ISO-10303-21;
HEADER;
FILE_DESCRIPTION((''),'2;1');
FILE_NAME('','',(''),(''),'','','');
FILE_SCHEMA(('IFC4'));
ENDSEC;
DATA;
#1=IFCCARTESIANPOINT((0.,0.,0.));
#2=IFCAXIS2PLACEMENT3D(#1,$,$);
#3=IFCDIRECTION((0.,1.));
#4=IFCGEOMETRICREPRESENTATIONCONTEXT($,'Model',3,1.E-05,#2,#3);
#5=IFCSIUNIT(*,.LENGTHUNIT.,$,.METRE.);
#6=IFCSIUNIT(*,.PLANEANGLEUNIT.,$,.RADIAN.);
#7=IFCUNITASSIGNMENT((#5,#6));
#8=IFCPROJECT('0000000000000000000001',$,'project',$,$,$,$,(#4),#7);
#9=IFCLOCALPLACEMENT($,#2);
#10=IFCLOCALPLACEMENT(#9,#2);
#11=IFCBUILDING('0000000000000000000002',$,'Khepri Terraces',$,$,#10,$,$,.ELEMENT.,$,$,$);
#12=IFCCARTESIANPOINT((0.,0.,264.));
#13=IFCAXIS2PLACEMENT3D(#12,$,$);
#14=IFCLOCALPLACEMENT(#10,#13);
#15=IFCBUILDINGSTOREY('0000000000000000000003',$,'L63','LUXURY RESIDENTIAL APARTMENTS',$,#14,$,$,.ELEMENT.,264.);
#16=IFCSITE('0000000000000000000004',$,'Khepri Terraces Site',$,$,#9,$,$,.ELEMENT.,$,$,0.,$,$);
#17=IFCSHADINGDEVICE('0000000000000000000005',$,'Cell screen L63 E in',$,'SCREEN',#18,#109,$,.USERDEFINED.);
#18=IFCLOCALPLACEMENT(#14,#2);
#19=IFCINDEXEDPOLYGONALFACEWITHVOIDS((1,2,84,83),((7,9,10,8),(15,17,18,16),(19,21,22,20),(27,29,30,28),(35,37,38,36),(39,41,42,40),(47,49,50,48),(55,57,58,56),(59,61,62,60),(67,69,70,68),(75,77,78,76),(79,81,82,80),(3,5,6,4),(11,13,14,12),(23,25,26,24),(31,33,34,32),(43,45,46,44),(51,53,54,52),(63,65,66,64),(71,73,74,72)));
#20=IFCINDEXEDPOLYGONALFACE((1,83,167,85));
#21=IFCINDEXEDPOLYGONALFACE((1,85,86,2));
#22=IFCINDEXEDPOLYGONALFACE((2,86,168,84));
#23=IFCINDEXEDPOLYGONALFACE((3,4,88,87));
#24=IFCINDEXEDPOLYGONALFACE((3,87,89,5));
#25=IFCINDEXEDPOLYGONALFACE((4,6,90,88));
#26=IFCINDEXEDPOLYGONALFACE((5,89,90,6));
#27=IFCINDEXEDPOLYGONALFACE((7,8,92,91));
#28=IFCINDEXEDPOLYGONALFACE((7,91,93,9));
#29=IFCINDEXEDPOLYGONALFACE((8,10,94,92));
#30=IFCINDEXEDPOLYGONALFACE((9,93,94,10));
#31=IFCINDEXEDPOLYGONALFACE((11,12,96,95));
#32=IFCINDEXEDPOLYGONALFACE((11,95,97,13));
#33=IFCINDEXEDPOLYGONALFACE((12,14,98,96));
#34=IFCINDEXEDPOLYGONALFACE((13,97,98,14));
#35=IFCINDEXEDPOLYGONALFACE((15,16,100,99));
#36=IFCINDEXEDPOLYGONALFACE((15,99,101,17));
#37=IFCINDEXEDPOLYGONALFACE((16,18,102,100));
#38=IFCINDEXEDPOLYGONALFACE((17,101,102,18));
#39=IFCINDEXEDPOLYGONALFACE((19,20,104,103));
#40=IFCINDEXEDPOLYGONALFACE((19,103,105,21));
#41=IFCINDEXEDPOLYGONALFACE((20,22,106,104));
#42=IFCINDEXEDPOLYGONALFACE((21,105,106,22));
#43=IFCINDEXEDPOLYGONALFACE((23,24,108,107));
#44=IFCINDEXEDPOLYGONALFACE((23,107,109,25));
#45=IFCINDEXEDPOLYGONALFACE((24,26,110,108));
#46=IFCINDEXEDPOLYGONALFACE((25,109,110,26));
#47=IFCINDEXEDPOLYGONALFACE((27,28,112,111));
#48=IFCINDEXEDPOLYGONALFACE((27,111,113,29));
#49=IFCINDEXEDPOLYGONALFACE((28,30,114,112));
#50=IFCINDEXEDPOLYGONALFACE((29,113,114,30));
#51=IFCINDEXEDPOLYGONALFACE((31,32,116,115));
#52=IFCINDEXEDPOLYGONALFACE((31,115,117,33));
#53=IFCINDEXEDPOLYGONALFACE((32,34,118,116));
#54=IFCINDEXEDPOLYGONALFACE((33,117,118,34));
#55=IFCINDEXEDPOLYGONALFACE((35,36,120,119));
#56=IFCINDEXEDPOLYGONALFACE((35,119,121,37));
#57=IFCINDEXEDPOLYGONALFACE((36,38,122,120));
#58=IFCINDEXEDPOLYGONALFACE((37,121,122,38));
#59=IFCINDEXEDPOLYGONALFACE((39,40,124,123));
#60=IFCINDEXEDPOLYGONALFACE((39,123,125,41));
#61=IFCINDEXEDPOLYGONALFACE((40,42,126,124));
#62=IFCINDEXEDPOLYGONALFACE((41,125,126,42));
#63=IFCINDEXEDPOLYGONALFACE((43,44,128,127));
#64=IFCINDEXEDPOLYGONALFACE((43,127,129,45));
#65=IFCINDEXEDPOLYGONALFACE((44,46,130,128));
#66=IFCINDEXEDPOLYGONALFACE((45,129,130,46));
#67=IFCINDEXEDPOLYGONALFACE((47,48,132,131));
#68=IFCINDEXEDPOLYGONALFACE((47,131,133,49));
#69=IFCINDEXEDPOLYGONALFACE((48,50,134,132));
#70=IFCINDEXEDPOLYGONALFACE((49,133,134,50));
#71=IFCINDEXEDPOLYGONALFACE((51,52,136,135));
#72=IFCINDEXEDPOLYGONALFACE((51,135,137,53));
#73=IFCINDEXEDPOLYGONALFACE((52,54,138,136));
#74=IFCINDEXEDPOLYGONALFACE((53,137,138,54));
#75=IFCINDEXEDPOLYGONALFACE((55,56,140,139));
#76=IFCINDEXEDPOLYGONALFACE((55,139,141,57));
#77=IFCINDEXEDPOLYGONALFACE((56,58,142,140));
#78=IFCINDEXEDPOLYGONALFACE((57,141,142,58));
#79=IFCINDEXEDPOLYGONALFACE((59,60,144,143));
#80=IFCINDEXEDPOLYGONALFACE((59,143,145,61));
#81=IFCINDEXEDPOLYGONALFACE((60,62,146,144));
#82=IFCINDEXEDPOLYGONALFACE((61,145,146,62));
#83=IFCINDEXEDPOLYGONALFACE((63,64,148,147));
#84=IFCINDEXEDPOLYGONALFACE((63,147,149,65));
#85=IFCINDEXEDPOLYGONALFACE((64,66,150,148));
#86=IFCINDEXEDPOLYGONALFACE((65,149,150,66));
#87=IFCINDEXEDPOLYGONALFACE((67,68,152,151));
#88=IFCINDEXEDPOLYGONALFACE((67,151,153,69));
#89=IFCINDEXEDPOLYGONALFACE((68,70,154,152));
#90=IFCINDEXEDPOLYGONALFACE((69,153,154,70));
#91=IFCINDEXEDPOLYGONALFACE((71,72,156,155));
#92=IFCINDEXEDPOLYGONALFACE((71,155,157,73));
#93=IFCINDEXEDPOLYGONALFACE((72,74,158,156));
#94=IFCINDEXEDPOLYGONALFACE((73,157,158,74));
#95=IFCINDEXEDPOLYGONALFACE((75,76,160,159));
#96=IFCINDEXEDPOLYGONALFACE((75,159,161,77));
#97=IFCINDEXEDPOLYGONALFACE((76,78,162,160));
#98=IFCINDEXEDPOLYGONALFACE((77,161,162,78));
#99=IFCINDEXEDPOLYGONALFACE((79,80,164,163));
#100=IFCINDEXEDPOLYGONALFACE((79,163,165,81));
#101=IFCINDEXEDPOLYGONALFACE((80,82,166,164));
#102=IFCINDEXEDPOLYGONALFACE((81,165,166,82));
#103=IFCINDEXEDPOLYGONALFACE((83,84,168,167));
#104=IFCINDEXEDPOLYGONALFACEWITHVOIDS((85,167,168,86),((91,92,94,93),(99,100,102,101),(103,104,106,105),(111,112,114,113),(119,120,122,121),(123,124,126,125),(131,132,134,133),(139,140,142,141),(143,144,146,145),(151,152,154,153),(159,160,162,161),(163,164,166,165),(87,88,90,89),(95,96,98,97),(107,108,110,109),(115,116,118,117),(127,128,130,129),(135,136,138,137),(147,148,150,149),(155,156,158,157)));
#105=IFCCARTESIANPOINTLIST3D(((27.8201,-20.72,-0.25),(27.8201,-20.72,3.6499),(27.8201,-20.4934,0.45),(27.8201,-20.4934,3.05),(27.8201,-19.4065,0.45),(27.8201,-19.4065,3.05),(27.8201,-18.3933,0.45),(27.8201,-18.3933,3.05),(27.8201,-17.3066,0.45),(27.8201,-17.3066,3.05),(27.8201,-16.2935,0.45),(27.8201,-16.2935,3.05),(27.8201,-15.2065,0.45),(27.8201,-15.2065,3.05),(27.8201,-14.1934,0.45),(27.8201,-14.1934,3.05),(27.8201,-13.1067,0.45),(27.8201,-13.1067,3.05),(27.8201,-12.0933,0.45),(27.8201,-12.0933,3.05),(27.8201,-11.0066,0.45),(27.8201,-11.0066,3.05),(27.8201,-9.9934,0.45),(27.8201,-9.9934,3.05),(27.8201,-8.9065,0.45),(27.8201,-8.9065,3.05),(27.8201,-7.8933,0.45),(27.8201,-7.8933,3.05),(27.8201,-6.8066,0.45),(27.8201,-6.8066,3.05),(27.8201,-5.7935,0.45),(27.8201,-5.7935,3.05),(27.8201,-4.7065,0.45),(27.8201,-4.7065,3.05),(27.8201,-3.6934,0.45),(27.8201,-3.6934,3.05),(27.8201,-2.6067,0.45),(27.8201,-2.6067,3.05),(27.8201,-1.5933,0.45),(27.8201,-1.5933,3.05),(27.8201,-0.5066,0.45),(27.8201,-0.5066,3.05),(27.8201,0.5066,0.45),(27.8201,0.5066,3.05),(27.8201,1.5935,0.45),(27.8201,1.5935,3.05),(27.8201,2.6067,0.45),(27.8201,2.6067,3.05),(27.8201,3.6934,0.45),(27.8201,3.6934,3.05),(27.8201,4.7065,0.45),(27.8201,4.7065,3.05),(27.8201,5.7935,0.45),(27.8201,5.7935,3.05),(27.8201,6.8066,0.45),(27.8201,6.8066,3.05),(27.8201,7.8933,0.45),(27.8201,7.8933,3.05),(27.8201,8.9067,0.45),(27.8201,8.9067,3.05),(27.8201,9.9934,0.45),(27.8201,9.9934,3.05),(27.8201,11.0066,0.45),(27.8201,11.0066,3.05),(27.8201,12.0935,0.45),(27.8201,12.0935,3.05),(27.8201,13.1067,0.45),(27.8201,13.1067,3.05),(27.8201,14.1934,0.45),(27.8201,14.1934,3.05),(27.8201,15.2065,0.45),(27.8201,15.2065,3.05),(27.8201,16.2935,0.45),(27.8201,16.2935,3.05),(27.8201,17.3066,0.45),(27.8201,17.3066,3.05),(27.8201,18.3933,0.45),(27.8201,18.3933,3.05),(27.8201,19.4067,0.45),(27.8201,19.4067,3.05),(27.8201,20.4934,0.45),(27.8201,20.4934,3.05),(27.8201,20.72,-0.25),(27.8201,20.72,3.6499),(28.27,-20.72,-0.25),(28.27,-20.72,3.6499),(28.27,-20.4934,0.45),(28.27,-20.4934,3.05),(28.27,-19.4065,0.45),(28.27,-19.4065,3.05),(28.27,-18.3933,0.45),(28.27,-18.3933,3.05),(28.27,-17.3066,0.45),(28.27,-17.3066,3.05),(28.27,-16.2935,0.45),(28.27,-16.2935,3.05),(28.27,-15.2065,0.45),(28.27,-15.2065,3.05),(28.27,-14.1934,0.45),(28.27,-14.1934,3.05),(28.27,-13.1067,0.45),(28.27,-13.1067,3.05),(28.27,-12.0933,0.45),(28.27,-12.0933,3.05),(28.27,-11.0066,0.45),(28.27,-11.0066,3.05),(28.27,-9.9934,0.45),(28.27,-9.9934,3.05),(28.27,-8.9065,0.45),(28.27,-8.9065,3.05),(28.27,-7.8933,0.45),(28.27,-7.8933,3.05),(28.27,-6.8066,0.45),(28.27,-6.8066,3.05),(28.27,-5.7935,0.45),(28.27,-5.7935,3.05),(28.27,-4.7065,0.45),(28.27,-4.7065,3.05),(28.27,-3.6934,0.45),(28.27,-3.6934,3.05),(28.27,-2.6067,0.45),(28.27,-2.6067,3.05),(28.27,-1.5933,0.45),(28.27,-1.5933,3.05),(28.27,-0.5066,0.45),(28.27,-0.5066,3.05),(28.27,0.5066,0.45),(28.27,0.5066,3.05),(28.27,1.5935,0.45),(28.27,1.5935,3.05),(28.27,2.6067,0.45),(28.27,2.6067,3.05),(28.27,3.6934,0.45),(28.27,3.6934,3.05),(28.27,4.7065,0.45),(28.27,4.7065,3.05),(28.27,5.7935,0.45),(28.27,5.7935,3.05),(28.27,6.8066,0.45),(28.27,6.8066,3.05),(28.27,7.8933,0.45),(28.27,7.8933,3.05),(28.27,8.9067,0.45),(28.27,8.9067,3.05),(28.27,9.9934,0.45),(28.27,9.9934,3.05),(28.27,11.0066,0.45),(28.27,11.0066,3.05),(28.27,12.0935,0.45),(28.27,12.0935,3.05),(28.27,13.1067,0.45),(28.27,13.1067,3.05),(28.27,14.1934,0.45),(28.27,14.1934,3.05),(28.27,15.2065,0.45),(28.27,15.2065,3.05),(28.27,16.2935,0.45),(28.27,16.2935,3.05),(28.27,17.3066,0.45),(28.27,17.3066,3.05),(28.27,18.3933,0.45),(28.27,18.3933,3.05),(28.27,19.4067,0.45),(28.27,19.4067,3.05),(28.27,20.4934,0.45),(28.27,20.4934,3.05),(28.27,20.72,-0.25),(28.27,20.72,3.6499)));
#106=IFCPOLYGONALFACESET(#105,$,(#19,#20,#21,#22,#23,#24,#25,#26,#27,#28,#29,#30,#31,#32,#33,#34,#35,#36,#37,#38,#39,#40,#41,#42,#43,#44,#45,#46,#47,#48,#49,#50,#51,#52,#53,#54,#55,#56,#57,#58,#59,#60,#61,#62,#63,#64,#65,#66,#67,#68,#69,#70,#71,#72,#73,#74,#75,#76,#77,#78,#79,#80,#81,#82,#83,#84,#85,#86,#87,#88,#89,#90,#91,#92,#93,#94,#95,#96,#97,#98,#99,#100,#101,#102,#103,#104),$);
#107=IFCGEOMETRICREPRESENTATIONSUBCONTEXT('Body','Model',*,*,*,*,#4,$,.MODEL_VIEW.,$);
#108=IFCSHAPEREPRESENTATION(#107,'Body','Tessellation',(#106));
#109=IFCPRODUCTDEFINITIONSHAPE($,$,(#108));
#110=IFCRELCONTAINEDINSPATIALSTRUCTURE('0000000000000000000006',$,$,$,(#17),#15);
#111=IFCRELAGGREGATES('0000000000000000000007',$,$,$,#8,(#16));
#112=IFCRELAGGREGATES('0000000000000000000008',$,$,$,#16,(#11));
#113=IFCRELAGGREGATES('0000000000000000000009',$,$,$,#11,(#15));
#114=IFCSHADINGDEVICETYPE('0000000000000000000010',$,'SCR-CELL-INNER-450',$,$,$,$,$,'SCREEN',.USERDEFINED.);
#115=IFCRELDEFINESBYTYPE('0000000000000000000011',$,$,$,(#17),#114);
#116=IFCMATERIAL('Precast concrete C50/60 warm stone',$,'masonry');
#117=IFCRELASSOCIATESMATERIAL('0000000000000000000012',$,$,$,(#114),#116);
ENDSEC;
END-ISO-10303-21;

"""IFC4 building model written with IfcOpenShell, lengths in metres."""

from ifc_helpers import new_model, si_unit, direction, frame, origin, place, context, subcontext, project, spatial, polyline, outline, extrude, material, type_object, element, save


model = new_model("IFC4")

# Units and contexts
model_context = context("Model", 3, precision=1e-05, world=origin(), true_north=direction((0.0, 1.0)))
body_context = subcontext(model_context, "Body", "Model", "MODEL_VIEW")
ifc_project = project(units=[si_unit("LENGTHUNIT", "METRE"), si_unit("PLANEANGLEUNIT", "RADIAN")], contexts=[model_context])

# Site, building, storey
site_placement = place(None, origin())
site = spatial("IfcSite", under=ifc_project, at=site_placement, Name="Khepri Terraces Site", CompositionType="ELEMENT", RefElevation=0.0)
building_placement = place(site_placement, origin())
building = spatial("IfcBuilding", under=site, at=building_placement, Name="Khepri Terraces", CompositionType="ELEMENT")
storey_placement = place(building_placement, frame((0.0, 0.0, 264.0)))
storey = spatial("IfcBuildingStorey", under=building, at=storey_placement, Name="L63", Description="LUXURY RESIDENTIAL APARTMENTS", CompositionType="ELEMENT", Elevation=264.0)

# Shared definitions
ifc_material_1 = material(Name="Precast concrete C50/60 warm stone", Category="masonry")

# Shading device
shading_device_type_1 = type_object("IfcShadingDeviceType", Name="SCR-CELL-INNER-450", ElementType="SCREEN", PredefinedType="USERDEFINED", material=ifc_material_1)
shading_device_1_placement = place(storey_placement, frame((27.8201, -20.72, -0.25), z_axis=(1.0, 0.0, 0.0), x_axis=(0.0, 1.0, 0.0)))
element("IfcShadingDevice", 1, at=shading_device_1_placement, inside=storey, type_object=shading_device_type_1, Name="Cell screen L63 E in", ObjectType="SCREEN", PredefinedType="USERDEFINED", context=body_context, shape_type="SweptSolid", body=[
    extrude(outline(polyline([(0.0, 0.0), (41.4399, 0.0), (41.4399, 3.8999), (0.0, 3.8999), (0.0, 0.0)]), holes=[polyline([(0.2266, 0.7), (1.3135, 0.7), (1.3135, 3.3), (0.2266, 3.3), (0.2266, 0.7)]), polyline([(2.3267, 0.7), (3.4133, 0.7), (3.4133, 3.3), (2.3267, 3.3), (2.3267, 0.7)]), polyline([(4.4265, 0.7), (5.5134, 0.7), (5.5134, 3.3), (4.4265, 3.3), (4.4265, 0.7)]), polyline([(6.5266, 0.7), (7.6133, 0.7), (7.6133, 3.3), (6.5266, 3.3), (6.5266, 0.7)]), polyline([(8.6267, 0.7), (9.7134, 0.7), (9.7134, 3.3), (8.6267, 3.3), (8.6267, 0.7)]), polyline([(10.7266, 0.7), (11.8135, 0.7), (11.8135, 3.3), (10.7266, 3.3), (10.7266, 0.7)]), polyline([(12.8267, 0.7), (13.9133, 0.7), (13.9133, 3.3), (12.8267, 3.3), (12.8267, 0.7)]), polyline([(14.9265, 0.7), (16.0134, 0.7), (16.0134, 3.3), (14.9265, 3.3), (14.9265, 0.7)]), polyline([(17.0266, 0.7), (18.1133, 0.7), (18.1133, 3.3), (17.0266, 3.3), (17.0266, 0.7)]), polyline([(19.1267, 0.7), (20.2134, 0.7), (20.2134, 3.3), (19.1267, 3.3), (19.1267, 0.7)]), polyline([(21.2266, 0.7), (22.3135, 0.7), (22.3135, 3.3), (21.2266, 3.3), (21.2266, 0.7)]), polyline([(23.3267, 0.7), (24.4133, 0.7), (24.4133, 3.3), (23.3267, 3.3), (23.3267, 0.7)]), polyline([(25.4265, 0.7), (26.5134, 0.7), (26.5134, 3.3), (25.4265, 3.3), (25.4265, 0.7)]), polyline([(27.5266, 0.7), (28.6133, 0.7), (28.6133, 3.3), (27.5266, 3.3), (27.5266, 0.7)]), polyline([(29.6267, 0.7), (30.7134, 0.7), (30.7134, 3.3), (29.6267, 3.3), (29.6267, 0.7)]), polyline([(31.7266, 0.7), (32.8135, 0.7), (32.8135, 3.3), (31.7266, 3.3), (31.7266, 0.7)]), polyline([(33.8267, 0.7), (34.9133, 0.7), (34.9133, 3.3), (33.8267, 3.3), (33.8267, 0.7)]), polyline([(35.9265, 0.7), (37.0134, 0.7), (37.0134, 3.3), (35.9265, 3.3), (35.9265, 0.7)]), polyline([(38.0266, 0.7), (39.1133, 0.7), (39.1133, 3.3), (38.0266, 3.3), (38.0266, 0.7)]), polyline([(40.1267, 0.7), (41.2134, 0.7), (41.2134, 3.3), (40.1267, 3.3), (40.1267, 0.7)])]), origin(), (0.0, 0.0, 1.0), 0.45),
])

save(model, "model.ifc")
